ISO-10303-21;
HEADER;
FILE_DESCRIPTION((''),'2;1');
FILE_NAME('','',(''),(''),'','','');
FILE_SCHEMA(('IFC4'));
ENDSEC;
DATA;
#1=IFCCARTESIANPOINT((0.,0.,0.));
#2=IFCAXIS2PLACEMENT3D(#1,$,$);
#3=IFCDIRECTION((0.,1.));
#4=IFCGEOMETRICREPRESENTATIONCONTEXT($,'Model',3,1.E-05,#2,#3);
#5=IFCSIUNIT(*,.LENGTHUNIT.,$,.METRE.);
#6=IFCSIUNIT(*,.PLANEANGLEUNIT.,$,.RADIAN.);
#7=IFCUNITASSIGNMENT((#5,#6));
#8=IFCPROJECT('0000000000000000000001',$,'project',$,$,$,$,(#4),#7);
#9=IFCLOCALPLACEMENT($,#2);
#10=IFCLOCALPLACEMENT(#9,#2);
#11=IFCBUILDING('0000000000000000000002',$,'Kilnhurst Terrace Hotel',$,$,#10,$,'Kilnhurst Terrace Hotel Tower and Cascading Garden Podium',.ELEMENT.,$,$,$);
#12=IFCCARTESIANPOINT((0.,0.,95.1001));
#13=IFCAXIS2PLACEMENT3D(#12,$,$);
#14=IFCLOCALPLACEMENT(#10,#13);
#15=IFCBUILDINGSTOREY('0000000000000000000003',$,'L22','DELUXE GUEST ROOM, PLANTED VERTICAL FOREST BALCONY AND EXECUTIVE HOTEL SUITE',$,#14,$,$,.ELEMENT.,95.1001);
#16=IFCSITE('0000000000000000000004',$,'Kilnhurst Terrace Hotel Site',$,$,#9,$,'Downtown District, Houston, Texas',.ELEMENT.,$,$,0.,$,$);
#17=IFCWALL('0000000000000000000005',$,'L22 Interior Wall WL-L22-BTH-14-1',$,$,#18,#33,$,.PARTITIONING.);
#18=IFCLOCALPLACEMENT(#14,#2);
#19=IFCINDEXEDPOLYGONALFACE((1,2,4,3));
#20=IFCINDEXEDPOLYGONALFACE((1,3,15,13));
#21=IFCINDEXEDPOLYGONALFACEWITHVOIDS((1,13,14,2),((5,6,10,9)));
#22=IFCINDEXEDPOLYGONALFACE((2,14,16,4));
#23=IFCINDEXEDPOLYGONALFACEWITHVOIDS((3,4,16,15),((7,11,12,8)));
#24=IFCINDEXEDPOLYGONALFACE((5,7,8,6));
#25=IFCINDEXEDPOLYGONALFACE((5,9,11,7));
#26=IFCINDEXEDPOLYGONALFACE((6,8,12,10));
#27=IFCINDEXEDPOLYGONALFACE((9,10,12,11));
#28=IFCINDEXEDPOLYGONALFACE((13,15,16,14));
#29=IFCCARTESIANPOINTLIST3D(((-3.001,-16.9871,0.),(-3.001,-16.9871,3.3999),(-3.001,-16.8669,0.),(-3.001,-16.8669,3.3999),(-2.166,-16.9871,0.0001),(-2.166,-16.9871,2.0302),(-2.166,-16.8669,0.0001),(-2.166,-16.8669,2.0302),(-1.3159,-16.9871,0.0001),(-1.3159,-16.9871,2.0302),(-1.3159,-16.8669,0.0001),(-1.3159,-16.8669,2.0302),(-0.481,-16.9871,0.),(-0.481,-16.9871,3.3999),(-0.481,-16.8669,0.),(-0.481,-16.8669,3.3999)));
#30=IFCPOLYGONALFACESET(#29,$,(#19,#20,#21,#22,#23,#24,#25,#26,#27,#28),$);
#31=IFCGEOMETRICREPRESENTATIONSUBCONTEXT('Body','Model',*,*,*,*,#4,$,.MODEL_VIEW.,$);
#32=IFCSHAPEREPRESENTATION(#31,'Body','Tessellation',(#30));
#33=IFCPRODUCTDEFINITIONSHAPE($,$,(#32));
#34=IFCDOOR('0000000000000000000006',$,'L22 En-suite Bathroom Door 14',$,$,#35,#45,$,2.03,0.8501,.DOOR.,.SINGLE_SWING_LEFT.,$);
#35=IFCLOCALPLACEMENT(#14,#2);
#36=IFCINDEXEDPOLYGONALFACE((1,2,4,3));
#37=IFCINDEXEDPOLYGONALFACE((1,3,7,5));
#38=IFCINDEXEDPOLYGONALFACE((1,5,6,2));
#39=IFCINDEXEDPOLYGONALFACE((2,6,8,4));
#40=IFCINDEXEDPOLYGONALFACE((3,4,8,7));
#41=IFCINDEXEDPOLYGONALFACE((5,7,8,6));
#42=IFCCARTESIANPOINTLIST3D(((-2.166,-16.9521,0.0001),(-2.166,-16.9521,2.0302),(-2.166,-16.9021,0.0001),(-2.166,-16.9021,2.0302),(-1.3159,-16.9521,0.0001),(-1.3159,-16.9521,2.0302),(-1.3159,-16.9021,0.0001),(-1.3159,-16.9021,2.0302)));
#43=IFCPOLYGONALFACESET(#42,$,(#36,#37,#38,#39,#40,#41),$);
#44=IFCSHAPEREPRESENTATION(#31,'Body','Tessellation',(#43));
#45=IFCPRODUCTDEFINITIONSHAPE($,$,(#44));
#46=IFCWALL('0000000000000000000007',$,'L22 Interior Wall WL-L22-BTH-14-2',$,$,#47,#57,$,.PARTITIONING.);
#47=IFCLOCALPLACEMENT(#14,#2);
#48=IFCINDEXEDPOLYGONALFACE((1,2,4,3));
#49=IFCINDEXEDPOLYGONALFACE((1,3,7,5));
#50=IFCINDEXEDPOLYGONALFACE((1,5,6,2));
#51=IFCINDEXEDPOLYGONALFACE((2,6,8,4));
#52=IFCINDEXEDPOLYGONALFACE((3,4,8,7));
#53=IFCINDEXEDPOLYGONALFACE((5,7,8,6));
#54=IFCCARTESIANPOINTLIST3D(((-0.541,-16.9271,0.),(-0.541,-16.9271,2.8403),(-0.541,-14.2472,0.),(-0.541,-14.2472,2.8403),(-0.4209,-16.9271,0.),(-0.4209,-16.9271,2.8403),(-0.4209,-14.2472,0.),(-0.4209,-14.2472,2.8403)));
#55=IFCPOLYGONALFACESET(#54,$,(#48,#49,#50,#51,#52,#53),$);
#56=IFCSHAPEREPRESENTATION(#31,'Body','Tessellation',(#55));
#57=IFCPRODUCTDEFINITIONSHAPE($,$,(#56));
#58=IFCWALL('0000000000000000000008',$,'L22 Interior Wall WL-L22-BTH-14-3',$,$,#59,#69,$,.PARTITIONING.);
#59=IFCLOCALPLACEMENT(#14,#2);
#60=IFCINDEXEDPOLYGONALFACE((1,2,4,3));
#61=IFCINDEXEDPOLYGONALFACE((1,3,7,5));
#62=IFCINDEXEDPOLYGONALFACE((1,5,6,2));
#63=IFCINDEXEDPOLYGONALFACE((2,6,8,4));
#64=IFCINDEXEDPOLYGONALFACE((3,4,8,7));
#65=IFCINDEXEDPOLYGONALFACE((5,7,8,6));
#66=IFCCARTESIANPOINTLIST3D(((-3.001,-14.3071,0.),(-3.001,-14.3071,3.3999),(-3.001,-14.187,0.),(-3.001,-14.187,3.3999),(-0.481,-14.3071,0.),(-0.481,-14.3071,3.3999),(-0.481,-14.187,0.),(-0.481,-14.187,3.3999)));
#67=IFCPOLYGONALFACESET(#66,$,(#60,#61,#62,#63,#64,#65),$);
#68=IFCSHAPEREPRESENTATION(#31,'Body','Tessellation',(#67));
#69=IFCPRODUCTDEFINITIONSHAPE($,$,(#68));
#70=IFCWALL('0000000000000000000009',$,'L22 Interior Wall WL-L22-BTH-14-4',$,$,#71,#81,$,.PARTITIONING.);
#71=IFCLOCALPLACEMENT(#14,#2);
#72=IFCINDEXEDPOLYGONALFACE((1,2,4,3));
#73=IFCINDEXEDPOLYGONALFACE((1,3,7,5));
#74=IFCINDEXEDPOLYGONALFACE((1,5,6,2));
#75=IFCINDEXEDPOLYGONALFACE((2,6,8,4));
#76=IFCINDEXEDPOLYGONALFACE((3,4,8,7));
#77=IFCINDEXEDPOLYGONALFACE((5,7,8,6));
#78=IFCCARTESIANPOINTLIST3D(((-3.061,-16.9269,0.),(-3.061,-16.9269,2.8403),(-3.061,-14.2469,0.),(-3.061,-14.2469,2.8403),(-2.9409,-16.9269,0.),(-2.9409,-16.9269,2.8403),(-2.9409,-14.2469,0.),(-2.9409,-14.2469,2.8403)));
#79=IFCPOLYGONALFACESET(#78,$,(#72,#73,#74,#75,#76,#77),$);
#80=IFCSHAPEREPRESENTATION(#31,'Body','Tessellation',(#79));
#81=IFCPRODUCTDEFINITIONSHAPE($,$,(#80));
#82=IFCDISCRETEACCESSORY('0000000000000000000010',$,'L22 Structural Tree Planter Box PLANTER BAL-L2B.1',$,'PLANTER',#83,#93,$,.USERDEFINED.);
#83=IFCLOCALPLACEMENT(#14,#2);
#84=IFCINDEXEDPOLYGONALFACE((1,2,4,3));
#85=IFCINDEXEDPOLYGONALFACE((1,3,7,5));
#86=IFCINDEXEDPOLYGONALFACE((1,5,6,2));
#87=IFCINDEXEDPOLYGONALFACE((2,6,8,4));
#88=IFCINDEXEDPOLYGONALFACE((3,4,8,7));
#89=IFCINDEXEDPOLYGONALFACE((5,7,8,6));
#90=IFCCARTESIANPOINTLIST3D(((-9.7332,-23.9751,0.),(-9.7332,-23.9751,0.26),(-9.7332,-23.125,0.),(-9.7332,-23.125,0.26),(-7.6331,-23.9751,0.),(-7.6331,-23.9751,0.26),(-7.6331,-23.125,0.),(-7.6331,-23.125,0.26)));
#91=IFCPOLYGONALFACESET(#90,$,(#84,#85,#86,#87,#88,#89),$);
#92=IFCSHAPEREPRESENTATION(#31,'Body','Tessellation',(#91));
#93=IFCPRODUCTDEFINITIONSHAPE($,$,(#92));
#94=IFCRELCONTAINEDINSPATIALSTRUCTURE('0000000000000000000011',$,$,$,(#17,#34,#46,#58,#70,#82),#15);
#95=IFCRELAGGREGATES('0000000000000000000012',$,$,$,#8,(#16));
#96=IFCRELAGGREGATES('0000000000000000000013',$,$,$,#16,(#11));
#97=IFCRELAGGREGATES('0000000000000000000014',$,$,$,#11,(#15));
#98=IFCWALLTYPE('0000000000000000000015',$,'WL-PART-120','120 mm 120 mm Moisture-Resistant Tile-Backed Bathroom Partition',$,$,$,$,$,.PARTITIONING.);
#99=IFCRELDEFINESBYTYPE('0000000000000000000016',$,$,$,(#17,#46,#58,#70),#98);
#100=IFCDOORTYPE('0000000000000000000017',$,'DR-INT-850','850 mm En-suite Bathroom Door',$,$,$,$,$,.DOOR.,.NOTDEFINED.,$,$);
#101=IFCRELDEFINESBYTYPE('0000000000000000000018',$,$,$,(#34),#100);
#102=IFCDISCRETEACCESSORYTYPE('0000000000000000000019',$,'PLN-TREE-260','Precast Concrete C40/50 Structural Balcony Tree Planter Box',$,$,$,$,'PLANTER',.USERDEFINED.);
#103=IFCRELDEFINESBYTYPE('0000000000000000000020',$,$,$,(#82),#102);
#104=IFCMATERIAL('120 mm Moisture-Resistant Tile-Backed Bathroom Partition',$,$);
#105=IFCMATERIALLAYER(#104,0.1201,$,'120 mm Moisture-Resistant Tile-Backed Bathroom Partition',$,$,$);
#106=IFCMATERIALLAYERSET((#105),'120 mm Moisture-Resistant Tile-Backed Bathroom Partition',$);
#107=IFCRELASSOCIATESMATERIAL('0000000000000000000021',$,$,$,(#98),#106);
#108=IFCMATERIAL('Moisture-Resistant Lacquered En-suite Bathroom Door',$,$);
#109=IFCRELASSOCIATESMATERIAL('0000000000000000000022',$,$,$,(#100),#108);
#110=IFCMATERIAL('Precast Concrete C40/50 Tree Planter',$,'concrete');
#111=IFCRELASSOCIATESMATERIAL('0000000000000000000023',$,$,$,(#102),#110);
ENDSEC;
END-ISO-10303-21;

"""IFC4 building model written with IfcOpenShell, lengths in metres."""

from ifc_helpers import new_model, si_unit, direction, frame, frame_2d, origin, origin_2d, place, context, subcontext, project, spatial, rectangle, extrude, material, layer, layer_set, type_object, element, fill, save


model = new_model("IFC4")

# Units and contexts
model_context = context("Model", 3, precision=1e-05, world=origin(), true_north=direction((0.0, 1.0)))
body_context = subcontext(model_context, "Body", "Model", "MODEL_VIEW")
ifc_project = project(units=[si_unit("LENGTHUNIT", "METRE"), si_unit("PLANEANGLEUNIT", "RADIAN")], contexts=[model_context])

# Site, building, storey
site_placement = place(None, origin())
site = spatial("IfcSite", under=ifc_project, at=site_placement, Name="Kilnhurst Terrace Hotel Site", LongName="Downtown District, Houston, Texas", CompositionType="ELEMENT", RefElevation=0.0)
building_placement = place(site_placement, origin())
building = spatial("IfcBuilding", under=site, at=building_placement, Name="Kilnhurst Terrace Hotel", LongName="Kilnhurst Terrace Hotel Tower and Cascading Garden Podium", CompositionType="ELEMENT")
storey_placement = place(building_placement, frame((0.0, 0.0, 95.1001)))
storey = spatial("IfcBuildingStorey", under=building, at=storey_placement, Name="L22", Description="DELUXE GUEST ROOM, PLANTED VERTICAL FOREST BALCONY AND EXECUTIVE HOTEL SUITE", CompositionType="ELEMENT", Elevation=95.1001)

# Wall, opening, door
ifc_material_1 = material(Name="120 mm Moisture-Resistant Tile-Backed Bathroom Partition")
ifc_layer_1 = layer(ifc_material_1, 0.1201, Name="120 mm Moisture-Resistant Tile-Backed Bathroom Partition")
ifc_layer_set_1 = layer_set([ifc_layer_1], Name="120 mm Moisture-Resistant Tile-Backed Bathroom Partition")
wall_type_1 = type_object("IfcWallType", Name="WL-PART-120", Description="120 mm 120 mm Moisture-Resistant Tile-Backed Bathroom Partition", PredefinedType="PARTITIONING", material=ifc_layer_set_1)
wall_1_placement = place(storey_placement, frame((-3.001, -16.927, 0.0), z_axis=(0.0, 0.0, 1.0), x_axis=(1.0, 0.0, 0.0)))
wall_1 = element("IfcWall", 1, at=wall_1_placement, inside=storey, type_object=wall_type_1, Name="L22 Interior Wall WL-L22-BTH-14-1", PredefinedType="PARTITIONING", context=body_context, shape_type="SweptSolid", body=[
    extrude(rectangle(XDim=2.52, YDim=0.1201, at=frame_2d((1.26, 0.0))), origin(), (0.0, 0.0, 1.0), 3.3999),
])
opening_1_placement = place(wall_1_placement, frame((0.835, 0.0, 0.0)))
opening_1 = element("IfcOpeningElement", 2, at=opening_1_placement, cuts=wall_1, PredefinedType="OPENING", context=body_context, shape_type="SweptSolid", body=[
    extrude(rectangle(XDim=0.8501, YDim=2.03, at=frame_2d((0.425, 1.0151))), frame((0.0, 0.0701, 0.0), z_axis=(0.0, -1.0, 0.0), x_axis=(1.0, 0.0, 0.0)), (0.0, 0.0, 1.0), 0.1401),
])
ifc_material_2 = material(Name="Moisture-Resistant Lacquered En-suite Bathroom Door")
door_type_1 = type_object("IfcDoorType", Name="DR-INT-850", Description="850 mm En-suite Bathroom Door", OperationType="NOTDEFINED", PredefinedType="DOOR", material=ifc_material_2)
door_1_placement = place(opening_1_placement, origin())
door_1 = element("IfcDoor", 3, at=door_1_placement, inside=storey, type_object=door_type_1, Name="L22 En-suite Bathroom Door 14", OperationType="SINGLE_SWING_LEFT", OverallHeight=2.03, OverallWidth=0.8501, PredefinedType="DOOR", context=body_context, shape_type="SweptSolid", body=[
    extrude(rectangle(XDim=0.8501, YDim=2.03, at=frame_2d((0.425, 1.0151))), frame((0.0, 0.0249, 0.0), z_axis=(0.0, -1.0, 0.0), x_axis=(1.0, 0.0, 0.0)), (0.0, 0.0, 1.0), 0.05),
])
fill(opening_1, door_1)

# Walls
wall_2_placement = place(storey_placement, frame((-0.481, -16.927, 0.0), z_axis=(0.0, 0.0, 1.0), x_axis=(0.0, 1.0, 0.0)))
element("IfcWall", 4, at=wall_2_placement, inside=storey, type_object=wall_type_1, Name="L22 Interior Wall WL-L22-BTH-14-2", PredefinedType="PARTITIONING", context=body_context, shape_type="SweptSolid", body=[
    extrude(rectangle(XDim=2.6799, YDim=0.1201, at=frame_2d((1.3398, 0.0))), origin(), (0.0, 0.0, 1.0), 2.8403),
])
wall_3_placement = place(storey_placement, frame((-0.481, -14.2471, 0.0), z_axis=(0.0, 0.0, 1.0), x_axis=(-1.0, 0.0, 0.0)))
element("IfcWall", 5, at=wall_3_placement, inside=storey, type_object=wall_type_1, Name="L22 Interior Wall WL-L22-BTH-14-3", PredefinedType="PARTITIONING", context=body_context, shape_type="SweptSolid", body=[
    extrude(rectangle(XDim=2.52, YDim=0.1201, at=frame_2d((1.26, 0.0))), origin(), (0.0, 0.0, 1.0), 3.3999),
])
wall_4_placement = place(storey_placement, frame((-3.001, -14.2471, 0.0), z_axis=(0.0, 0.0, 1.0), x_axis=(0.0, -1.0, 0.0)))
element("IfcWall", 6, at=wall_4_placement, inside=storey, type_object=wall_type_1, Name="L22 Interior Wall WL-L22-BTH-14-4", PredefinedType="PARTITIONING", context=body_context, shape_type="SweptSolid", body=[
    extrude(rectangle(XDim=2.6799, YDim=0.1201, at=frame_2d((1.3398, 0.0))), origin(), (0.0, 0.0, 1.0), 2.8403),
])

# Discrete accessory
ifc_material_3 = material(Name="Precast Concrete C40/50 Tree Planter", Category="concrete")
discrete_accessory_type = type_object("IfcDiscreteAccessoryType", Name="PLN-TREE-260", Description="Precast Concrete C40/50 Structural Balcony Tree Planter Box", ElementType="PLANTER", PredefinedType="USERDEFINED", material=ifc_material_3)
discrete_accessory_placement = place(storey_placement, frame((-8.6831, -23.55, 0.0), z_axis=(0.0, 0.0, 1.0), x_axis=(1.0, 0.0, 0.0)))
element("IfcDiscreteAccessory", 7, at=discrete_accessory_placement, inside=storey, type_object=discrete_accessory_type, Name="L22 Structural Tree Planter Box PLANTER BAL-L2B.1", ObjectType="PLANTER", PredefinedType="USERDEFINED", context=body_context, shape_type="SweptSolid", body=[
    extrude(rectangle(XDim=2.1001, YDim=0.8501, at=origin_2d()), origin(), (0.0, 0.0, 1.0), 0.26),
])

save(model, "model.ifc")
